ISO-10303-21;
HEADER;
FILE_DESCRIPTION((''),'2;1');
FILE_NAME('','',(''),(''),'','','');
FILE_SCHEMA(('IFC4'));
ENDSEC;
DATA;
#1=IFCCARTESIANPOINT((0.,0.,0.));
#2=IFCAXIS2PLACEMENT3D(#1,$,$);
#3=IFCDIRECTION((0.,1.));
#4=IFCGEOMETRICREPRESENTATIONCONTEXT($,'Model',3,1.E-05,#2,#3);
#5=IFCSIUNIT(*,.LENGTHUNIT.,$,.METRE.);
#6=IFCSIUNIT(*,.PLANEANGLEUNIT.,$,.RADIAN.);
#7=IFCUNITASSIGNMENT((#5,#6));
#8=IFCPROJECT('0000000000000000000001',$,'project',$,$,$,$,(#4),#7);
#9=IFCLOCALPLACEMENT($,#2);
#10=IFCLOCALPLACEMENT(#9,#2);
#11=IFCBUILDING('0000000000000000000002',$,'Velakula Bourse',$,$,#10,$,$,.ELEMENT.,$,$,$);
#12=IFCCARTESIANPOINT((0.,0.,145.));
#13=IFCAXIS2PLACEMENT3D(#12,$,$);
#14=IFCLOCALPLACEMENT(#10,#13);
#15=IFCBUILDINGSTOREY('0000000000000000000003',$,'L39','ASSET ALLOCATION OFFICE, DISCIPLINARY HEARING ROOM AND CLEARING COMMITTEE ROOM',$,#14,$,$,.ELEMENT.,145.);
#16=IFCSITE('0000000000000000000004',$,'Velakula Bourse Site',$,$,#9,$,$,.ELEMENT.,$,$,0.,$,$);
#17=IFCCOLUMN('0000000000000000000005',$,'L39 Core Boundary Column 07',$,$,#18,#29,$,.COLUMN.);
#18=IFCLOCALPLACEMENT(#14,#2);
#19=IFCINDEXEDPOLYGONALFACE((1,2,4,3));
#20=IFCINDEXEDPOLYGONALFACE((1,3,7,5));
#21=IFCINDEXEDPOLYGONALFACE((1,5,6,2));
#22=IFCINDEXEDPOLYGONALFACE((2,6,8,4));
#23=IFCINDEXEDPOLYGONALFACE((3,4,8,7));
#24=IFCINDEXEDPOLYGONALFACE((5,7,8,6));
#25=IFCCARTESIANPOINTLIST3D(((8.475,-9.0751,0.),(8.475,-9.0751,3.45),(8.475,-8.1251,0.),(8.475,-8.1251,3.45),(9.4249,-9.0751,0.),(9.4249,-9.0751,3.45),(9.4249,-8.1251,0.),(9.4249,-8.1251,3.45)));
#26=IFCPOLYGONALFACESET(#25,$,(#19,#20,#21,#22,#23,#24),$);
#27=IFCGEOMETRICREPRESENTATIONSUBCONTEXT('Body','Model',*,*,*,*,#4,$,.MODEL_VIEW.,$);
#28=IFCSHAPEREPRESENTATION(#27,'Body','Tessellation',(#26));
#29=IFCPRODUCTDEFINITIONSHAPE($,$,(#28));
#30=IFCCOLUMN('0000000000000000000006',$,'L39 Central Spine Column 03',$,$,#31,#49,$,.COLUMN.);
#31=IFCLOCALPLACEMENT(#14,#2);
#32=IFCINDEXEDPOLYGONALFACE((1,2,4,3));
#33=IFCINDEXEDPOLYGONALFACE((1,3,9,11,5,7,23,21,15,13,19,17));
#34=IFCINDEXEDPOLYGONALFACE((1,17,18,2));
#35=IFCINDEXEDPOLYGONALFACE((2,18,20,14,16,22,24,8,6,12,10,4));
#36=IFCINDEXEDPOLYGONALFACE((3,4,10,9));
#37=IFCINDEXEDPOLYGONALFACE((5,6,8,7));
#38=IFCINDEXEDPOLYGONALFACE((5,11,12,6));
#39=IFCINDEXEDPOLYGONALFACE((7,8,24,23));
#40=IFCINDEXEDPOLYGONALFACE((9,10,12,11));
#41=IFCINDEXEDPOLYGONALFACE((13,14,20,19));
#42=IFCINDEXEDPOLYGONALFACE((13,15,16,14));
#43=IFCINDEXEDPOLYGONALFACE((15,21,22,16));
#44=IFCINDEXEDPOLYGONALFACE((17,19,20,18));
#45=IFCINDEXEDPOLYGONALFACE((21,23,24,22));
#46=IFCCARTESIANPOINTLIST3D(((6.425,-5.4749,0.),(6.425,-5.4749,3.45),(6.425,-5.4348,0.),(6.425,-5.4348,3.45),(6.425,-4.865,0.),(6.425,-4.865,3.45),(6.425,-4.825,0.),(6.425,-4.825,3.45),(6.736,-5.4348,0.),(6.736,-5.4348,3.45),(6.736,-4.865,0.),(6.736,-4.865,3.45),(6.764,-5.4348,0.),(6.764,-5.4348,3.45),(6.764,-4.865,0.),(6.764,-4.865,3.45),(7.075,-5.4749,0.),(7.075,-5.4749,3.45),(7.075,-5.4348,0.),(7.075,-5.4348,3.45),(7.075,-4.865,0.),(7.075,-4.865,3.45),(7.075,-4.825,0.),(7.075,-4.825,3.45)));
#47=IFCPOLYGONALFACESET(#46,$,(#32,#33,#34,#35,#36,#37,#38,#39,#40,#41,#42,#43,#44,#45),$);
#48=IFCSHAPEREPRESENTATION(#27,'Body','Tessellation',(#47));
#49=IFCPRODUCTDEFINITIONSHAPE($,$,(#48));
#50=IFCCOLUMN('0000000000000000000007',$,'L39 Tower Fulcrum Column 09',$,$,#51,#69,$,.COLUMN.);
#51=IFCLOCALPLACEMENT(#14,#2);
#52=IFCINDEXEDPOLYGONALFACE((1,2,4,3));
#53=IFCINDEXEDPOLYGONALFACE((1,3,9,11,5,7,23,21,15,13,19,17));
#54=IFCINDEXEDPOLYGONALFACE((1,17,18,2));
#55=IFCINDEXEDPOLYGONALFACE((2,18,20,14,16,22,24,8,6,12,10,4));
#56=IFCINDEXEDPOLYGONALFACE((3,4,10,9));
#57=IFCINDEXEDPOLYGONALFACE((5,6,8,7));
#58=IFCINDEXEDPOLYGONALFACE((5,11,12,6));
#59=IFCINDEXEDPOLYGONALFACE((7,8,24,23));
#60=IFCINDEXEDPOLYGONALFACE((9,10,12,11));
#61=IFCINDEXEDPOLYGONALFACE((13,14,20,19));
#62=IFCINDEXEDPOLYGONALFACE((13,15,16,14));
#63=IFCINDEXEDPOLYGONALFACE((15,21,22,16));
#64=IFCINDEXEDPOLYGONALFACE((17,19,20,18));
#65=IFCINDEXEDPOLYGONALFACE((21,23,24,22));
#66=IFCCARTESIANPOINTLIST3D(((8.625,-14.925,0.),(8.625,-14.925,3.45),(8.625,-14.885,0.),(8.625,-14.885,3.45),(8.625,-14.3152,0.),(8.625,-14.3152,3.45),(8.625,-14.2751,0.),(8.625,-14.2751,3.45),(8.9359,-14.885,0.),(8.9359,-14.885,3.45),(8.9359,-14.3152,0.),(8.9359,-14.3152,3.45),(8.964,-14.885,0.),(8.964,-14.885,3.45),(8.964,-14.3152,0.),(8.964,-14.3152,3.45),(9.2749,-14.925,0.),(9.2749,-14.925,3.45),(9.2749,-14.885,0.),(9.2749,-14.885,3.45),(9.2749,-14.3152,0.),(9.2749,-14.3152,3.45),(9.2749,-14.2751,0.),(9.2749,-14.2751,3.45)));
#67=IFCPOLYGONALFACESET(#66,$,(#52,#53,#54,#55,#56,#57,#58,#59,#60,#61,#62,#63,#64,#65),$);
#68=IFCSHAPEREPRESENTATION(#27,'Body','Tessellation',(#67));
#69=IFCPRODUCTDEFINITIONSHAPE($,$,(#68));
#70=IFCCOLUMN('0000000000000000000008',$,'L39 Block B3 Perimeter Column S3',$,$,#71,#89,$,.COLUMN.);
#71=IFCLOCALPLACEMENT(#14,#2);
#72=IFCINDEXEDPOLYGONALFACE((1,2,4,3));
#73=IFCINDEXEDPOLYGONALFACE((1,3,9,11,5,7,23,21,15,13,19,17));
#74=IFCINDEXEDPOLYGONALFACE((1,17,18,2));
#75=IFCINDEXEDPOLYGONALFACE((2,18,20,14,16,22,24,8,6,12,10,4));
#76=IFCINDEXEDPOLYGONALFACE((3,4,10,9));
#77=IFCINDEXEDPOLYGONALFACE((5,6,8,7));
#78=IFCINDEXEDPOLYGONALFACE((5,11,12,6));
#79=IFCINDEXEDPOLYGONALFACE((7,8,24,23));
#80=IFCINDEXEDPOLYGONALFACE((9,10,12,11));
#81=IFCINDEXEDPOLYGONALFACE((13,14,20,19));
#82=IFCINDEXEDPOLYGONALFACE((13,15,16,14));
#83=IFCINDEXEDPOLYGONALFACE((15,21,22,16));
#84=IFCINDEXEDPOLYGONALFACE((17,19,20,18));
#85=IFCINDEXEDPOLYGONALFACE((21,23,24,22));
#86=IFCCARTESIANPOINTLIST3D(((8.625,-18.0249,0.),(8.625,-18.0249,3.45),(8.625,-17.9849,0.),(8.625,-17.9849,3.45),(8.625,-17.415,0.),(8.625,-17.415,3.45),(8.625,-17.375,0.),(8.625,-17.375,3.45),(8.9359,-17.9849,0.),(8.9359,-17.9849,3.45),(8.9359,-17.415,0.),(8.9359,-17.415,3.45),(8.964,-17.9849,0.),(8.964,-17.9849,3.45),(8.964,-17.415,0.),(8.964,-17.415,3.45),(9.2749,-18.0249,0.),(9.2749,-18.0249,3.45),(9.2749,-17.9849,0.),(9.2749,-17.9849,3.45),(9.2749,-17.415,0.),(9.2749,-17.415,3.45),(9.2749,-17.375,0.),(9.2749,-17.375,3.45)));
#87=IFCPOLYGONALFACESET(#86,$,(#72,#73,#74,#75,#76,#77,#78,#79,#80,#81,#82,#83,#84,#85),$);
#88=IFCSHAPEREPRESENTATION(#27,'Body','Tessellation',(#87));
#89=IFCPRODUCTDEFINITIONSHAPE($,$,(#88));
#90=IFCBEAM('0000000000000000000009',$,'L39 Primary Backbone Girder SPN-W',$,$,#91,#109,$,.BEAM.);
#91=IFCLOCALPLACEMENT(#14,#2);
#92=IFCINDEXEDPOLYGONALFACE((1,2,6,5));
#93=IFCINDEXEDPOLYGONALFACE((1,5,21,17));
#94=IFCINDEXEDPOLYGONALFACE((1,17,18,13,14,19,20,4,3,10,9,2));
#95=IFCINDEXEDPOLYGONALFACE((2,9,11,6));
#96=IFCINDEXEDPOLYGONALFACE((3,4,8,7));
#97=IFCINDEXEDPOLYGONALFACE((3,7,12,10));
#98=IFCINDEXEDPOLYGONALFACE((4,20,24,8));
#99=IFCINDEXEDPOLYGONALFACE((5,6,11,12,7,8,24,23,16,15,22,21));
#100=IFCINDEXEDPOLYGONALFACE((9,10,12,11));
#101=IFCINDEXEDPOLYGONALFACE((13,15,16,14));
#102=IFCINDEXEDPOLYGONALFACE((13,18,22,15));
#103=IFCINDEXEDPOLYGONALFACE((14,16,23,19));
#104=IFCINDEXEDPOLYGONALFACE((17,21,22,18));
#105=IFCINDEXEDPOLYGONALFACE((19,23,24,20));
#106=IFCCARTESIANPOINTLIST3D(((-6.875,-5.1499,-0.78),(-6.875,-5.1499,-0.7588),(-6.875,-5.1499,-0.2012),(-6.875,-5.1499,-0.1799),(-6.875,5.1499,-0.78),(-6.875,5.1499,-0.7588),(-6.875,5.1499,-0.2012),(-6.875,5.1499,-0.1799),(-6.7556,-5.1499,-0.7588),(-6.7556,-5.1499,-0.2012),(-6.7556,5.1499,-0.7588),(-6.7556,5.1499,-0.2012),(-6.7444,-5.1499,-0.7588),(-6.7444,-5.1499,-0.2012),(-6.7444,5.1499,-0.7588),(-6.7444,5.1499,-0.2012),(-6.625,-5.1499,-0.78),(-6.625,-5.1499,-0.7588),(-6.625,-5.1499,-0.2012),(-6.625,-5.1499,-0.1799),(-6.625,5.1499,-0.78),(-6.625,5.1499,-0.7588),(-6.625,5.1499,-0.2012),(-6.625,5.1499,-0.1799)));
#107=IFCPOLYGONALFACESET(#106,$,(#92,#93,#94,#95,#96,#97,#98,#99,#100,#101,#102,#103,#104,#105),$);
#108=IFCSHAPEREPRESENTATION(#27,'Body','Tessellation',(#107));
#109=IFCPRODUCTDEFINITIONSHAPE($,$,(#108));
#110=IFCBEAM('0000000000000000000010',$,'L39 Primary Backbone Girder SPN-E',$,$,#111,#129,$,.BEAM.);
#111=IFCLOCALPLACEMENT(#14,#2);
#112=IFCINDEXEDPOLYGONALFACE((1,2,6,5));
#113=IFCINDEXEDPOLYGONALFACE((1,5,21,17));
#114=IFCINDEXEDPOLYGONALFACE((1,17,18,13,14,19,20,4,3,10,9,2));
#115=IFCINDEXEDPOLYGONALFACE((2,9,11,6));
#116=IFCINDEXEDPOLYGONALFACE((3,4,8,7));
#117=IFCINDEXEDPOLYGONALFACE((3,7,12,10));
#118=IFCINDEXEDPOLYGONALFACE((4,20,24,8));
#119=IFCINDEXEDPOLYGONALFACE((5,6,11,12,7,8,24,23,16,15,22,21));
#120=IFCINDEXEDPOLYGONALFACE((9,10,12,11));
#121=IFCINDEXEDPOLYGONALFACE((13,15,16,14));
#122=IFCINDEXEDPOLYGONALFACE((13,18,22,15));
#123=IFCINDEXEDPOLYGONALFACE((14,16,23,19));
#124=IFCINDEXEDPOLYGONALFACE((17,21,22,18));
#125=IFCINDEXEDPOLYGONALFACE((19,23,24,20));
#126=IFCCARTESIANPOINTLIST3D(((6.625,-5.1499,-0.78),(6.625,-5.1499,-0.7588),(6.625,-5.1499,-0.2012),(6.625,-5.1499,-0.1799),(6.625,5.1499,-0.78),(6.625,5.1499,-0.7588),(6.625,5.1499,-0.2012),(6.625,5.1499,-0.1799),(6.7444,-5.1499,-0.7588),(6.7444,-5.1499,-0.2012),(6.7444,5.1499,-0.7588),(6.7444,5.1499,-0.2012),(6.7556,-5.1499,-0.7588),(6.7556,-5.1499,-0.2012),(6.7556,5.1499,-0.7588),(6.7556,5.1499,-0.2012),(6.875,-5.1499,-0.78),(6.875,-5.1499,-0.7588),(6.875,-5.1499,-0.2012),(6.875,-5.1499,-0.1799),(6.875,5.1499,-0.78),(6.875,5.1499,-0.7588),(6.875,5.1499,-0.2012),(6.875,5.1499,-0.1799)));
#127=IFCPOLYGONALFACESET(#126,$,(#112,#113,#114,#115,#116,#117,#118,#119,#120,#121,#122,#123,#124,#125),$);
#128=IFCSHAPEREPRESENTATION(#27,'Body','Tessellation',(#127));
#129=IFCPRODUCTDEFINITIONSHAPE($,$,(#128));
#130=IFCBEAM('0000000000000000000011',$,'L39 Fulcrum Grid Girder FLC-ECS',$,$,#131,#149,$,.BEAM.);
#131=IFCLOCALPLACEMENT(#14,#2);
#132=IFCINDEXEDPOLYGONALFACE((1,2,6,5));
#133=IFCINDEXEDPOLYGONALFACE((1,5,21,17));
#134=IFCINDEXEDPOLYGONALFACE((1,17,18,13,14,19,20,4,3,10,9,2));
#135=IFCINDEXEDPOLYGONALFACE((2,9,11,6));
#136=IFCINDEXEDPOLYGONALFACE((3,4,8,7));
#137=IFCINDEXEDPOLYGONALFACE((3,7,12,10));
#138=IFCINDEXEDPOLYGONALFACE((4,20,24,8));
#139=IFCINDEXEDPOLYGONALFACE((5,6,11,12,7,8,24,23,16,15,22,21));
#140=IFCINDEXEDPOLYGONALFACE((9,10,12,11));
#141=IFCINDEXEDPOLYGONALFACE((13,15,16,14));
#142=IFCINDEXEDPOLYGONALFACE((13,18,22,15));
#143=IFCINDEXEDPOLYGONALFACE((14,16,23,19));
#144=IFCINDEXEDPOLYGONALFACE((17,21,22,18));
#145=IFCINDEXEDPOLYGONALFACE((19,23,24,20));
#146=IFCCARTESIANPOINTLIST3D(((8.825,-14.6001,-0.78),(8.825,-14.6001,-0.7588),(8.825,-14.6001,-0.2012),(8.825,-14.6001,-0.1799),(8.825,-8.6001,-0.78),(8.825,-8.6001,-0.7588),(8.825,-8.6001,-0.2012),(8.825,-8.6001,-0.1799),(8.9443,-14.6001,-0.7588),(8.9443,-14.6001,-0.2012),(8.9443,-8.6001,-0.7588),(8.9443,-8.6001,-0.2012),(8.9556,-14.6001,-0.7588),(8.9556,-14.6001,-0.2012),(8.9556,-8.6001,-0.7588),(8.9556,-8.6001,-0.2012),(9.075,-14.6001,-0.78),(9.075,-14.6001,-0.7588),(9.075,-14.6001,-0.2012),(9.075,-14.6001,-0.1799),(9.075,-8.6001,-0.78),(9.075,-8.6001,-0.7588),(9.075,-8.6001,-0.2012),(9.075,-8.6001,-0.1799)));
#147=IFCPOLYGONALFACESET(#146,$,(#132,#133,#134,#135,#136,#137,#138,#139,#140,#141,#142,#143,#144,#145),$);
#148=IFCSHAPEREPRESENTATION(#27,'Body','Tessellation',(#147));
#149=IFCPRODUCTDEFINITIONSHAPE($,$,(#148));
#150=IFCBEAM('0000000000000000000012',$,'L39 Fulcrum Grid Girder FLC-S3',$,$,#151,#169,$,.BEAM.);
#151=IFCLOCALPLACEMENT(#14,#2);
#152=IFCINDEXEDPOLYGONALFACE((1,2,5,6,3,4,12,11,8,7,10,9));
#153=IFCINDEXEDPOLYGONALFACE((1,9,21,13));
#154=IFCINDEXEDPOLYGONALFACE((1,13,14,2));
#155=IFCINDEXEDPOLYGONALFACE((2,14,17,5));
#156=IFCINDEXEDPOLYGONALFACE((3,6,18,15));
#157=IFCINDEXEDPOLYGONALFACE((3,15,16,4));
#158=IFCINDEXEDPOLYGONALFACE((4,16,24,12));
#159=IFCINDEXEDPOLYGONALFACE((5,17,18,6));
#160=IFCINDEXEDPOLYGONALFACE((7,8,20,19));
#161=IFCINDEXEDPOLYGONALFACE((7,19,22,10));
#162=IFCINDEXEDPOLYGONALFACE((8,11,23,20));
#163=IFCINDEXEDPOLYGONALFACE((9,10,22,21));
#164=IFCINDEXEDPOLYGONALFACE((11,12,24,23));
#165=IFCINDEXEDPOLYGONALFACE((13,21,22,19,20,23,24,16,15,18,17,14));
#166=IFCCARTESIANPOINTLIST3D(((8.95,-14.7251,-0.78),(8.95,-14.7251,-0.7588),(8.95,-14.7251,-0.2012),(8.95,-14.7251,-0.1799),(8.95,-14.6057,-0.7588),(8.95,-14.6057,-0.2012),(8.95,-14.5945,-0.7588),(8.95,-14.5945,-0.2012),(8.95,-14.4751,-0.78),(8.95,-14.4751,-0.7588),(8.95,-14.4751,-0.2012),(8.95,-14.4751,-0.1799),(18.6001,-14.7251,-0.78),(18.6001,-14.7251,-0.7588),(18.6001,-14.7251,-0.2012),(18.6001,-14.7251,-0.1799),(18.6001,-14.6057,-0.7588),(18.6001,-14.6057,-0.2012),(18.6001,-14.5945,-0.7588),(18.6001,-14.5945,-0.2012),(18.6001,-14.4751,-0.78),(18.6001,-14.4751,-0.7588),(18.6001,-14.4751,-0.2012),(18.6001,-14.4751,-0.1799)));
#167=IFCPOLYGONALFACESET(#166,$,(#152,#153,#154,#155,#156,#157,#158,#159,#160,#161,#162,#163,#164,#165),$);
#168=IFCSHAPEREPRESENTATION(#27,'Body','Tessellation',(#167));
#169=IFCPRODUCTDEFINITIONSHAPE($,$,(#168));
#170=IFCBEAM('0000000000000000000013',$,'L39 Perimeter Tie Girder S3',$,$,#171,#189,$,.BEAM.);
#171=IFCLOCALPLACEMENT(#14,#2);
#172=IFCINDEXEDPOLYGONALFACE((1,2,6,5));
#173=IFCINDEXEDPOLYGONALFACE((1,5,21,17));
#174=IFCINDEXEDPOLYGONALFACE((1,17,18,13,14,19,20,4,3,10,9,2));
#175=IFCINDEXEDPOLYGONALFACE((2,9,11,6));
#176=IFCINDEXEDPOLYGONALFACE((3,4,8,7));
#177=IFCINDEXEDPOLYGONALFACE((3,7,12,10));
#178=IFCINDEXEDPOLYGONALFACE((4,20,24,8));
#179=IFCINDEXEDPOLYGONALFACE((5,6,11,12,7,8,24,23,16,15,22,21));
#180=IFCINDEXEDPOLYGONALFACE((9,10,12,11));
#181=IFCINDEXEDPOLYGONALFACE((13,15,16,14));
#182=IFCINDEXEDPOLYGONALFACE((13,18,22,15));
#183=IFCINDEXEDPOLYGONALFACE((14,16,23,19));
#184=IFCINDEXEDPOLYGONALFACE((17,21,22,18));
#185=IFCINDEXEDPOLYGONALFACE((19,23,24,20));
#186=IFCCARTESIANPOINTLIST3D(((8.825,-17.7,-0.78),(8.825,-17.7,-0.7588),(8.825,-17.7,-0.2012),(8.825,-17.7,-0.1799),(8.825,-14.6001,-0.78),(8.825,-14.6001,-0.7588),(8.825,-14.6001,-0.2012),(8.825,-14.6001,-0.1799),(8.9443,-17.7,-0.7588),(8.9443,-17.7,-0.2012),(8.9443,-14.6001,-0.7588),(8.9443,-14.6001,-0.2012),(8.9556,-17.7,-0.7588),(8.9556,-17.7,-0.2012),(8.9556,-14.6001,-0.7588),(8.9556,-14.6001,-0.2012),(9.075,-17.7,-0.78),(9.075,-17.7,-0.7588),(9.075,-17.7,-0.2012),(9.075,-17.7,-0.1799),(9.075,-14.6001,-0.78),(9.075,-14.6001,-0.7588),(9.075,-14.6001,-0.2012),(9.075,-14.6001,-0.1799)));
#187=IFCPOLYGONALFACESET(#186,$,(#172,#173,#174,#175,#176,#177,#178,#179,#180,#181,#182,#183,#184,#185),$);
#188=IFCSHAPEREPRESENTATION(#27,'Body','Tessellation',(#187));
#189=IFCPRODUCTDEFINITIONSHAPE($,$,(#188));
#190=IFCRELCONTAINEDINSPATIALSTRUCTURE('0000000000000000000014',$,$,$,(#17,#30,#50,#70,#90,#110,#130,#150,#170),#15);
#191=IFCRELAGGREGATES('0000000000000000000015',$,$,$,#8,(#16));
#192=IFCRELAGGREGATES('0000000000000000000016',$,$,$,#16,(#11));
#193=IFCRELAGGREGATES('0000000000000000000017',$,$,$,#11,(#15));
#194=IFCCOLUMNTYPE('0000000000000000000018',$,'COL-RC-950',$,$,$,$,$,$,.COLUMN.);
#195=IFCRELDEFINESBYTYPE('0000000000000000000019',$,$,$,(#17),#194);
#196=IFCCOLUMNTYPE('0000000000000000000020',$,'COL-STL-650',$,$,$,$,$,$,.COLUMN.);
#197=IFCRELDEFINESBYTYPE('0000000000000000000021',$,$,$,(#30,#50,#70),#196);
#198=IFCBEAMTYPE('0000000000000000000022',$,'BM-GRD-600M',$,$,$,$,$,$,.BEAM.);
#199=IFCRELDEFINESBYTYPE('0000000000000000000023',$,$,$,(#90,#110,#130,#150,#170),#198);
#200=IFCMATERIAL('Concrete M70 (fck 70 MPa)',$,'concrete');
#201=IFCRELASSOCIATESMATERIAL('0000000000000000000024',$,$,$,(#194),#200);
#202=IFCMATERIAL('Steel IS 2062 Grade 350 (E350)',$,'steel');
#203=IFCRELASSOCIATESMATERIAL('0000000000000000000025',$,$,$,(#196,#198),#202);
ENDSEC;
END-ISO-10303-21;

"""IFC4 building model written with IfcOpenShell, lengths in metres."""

from ifc_helpers import new_model, si_unit, direction, frame, origin, origin_2d, place, context, subcontext, project, spatial, rectangle, i_section, extrude, material, material_profile, profile_set, type_object, element, save


model = new_model("IFC4")

# Units and contexts
model_context = context("Model", 3, precision=1e-05, world=origin(), true_north=direction((0.0, 1.0)))
body_context = subcontext(model_context, "Body", "Model", "MODEL_VIEW")
ifc_project = project(units=[si_unit("LENGTHUNIT", "METRE"), si_unit("PLANEANGLEUNIT", "RADIAN")], contexts=[model_context])

# Site, building, storey
site_placement = place(None, origin())
site = spatial("IfcSite", under=ifc_project, at=site_placement, Name="Velakula Bourse Site", CompositionType="ELEMENT", RefElevation=0.0)
building_placement = place(site_placement, origin())
building = spatial("IfcBuilding", under=site, at=building_placement, Name="Velakula Bourse", CompositionType="ELEMENT")
storey_placement = place(building_placement, frame((0.0, 0.0, 145.0)))
storey = spatial("IfcBuildingStorey", under=building, at=storey_placement, Name="L39", Description="ASSET ALLOCATION OFFICE, DISCIPLINARY HEARING ROOM AND CLEARING COMMITTEE ROOM", CompositionType="ELEMENT", Elevation=145.0)

# Columns
ifc_material_1 = material(Name="Concrete M70 (fck 70 MPa)", Category="concrete")
ifc_material_profile_1 = material_profile(ifc_material_1, rectangle(XDim=0.95, YDim=0.95, at=origin_2d()), Name="Concrete M70 (fck 70 MPa)")
ifc_profile_set_1 = profile_set([ifc_material_profile_1], Name="Concrete M70 (fck 70 MPa)")
column_type_1 = type_object("IfcColumnType", Name="COL-RC-950", PredefinedType="COLUMN", material=ifc_profile_set_1)
column_placement = place(storey_placement, frame((8.95, -8.6001, 0.0), z_axis=(0.0, 0.0, 1.0), x_axis=(1.0, 0.0, 0.0)))
element("IfcColumn", 1, at=column_placement, inside=storey, type_object=column_type_1, Name="L39 Core Boundary Column 07", PredefinedType="COLUMN", context=body_context, shape_type="SweptSolid", body=[
    extrude(rectangle(XDim=0.95, YDim=0.95, at=origin_2d()), origin(), (0.0, 0.0, 1.0), 3.45),
])
ifc_material_2 = material(Name="Steel IS 2062 Grade 350 (E350)", Category="steel")
ifc_material_profile_2 = material_profile(ifc_material_2, i_section(OverallWidth=0.6499, OverallDepth=0.6499, WebThickness=0.0281, FlangeThickness=0.04, at=origin_2d()), Name="Steel IS 2062 Grade 350 (E350)")
ifc_profile_set_2 = profile_set([ifc_material_profile_2], Name="Steel IS 2062 Grade 350 (E350)")
column_type_2 = type_object("IfcColumnType", Name="COL-STL-650", PredefinedType="COLUMN", material=ifc_profile_set_2)
for number, where, z_axis, x_axis, name in (
    (2, (6.75, -5.1499, 0.0), (0.0, 0.0, 1.0), (1.0, 0.0, 0.0), "L39 Central Spine Column 03"),
    (3, (8.95, -14.6001, 0.0), (0.0, 0.0, 1.0), (1.0, 0.0, 0.0), "L39 Tower Fulcrum Column 09"),
    (4, (8.95, -17.7, 0.0), (0.0, 0.0, 1.0), (1.0, 0.0, 0.0), "L39 Block B3 Perimeter Column S3"),
):
    element("IfcColumn", number, at=place(storey_placement, frame(where, z_axis=z_axis, x_axis=x_axis)), inside=storey, type_object=column_type_2, Name=name, PredefinedType="COLUMN", context=body_context, shape_type="SweptSolid", body=[
        extrude(i_section(OverallWidth=0.6499, OverallDepth=0.6499, WebThickness=0.0281, FlangeThickness=0.04, at=origin_2d()), origin(), (0.0, 0.0, 1.0), 3.45),
    ])

# Beams
ifc_material_profile_3 = material_profile(ifc_material_2, i_section(OverallWidth=0.25, OverallDepth=0.6001, WebThickness=0.0112, FlangeThickness=0.0212, at=origin_2d()), Name="Steel IS 2062 Grade 350 (E350)")
ifc_profile_set_3 = profile_set([ifc_material_profile_3], Name="Steel IS 2062 Grade 350 (E350)")
beam_type_1 = type_object("IfcBeamType", Name="BM-GRD-600M", PredefinedType="BEAM", material=ifc_profile_set_3)
for number, where, z_axis, x_axis, name in (
    (5, (-6.75, -5.1499, -0.48), (0.0, 1.0, 0.0), (-1.0, 0.0, 0.0), "L39 Primary Backbone Girder SPN-W"),
    (6, (6.75, -5.1499, -0.48), (0.0, 1.0, 0.0), (-1.0, 0.0, 0.0), "L39 Primary Backbone Girder SPN-E"),
):
    element("IfcBeam", number, at=place(storey_placement, frame(where, z_axis=z_axis, x_axis=x_axis)), inside=storey, type_object=beam_type_1, Name=name, PredefinedType="BEAM", context=body_context, shape_type="SweptSolid", body=[
        extrude(i_section(OverallWidth=0.25, OverallDepth=0.6001, WebThickness=0.0112, FlangeThickness=0.0212, at=origin_2d()), origin(), (0.0, 0.0, 1.0), 10.2998),
    ])
beam_1_placement = place(storey_placement, frame((8.95, -14.6001, -0.48), z_axis=(0.0, 1.0, 0.0), x_axis=(-1.0, 0.0, 0.0)))
element("IfcBeam", 7, at=beam_1_placement, inside=storey, type_object=beam_type_1, Name="L39 Fulcrum Grid Girder FLC-ECS", PredefinedType="BEAM", context=body_context, shape_type="SweptSolid", body=[
    extrude(i_section(OverallWidth=0.25, OverallDepth=0.6001, WebThickness=0.0112, FlangeThickness=0.0212, at=origin_2d()), origin(), (0.0, 0.0, 1.0), 6.0),
])
beam_2_placement = place(storey_placement, frame((8.95, -14.6001, -0.48), z_axis=(1.0, 0.0, 0.0), x_axis=(0.0, 1.0, 0.0)))
element("IfcBeam", 8, at=beam_2_placement, inside=storey, type_object=beam_type_1, Name="L39 Fulcrum Grid Girder FLC-S3", PredefinedType="BEAM", context=body_context, shape_type="SweptSolid", body=[
    extrude(i_section(OverallWidth=0.25, OverallDepth=0.6001, WebThickness=0.0112, FlangeThickness=0.0212, at=origin_2d()), origin(), (0.0, 0.0, 1.0), 9.6501),
])
beam_3_placement = place(storey_placement, frame((8.95, -14.6001, -0.48), z_axis=(0.0, -1.0, 0.0), x_axis=(1.0, 0.0, 0.0)))
element("IfcBeam", 9, at=beam_3_placement, inside=storey, type_object=beam_type_1, Name="L39 Perimeter Tie Girder S3", PredefinedType="BEAM", context=body_context, shape_type="SweptSolid", body=[
    extrude(i_section(OverallWidth=0.25, OverallDepth=0.6001, WebThickness=0.0112, FlangeThickness=0.0212, at=origin_2d()), origin(), (0.0, 0.0, 1.0), 3.0999),
])

save(model, "model.ifc")
